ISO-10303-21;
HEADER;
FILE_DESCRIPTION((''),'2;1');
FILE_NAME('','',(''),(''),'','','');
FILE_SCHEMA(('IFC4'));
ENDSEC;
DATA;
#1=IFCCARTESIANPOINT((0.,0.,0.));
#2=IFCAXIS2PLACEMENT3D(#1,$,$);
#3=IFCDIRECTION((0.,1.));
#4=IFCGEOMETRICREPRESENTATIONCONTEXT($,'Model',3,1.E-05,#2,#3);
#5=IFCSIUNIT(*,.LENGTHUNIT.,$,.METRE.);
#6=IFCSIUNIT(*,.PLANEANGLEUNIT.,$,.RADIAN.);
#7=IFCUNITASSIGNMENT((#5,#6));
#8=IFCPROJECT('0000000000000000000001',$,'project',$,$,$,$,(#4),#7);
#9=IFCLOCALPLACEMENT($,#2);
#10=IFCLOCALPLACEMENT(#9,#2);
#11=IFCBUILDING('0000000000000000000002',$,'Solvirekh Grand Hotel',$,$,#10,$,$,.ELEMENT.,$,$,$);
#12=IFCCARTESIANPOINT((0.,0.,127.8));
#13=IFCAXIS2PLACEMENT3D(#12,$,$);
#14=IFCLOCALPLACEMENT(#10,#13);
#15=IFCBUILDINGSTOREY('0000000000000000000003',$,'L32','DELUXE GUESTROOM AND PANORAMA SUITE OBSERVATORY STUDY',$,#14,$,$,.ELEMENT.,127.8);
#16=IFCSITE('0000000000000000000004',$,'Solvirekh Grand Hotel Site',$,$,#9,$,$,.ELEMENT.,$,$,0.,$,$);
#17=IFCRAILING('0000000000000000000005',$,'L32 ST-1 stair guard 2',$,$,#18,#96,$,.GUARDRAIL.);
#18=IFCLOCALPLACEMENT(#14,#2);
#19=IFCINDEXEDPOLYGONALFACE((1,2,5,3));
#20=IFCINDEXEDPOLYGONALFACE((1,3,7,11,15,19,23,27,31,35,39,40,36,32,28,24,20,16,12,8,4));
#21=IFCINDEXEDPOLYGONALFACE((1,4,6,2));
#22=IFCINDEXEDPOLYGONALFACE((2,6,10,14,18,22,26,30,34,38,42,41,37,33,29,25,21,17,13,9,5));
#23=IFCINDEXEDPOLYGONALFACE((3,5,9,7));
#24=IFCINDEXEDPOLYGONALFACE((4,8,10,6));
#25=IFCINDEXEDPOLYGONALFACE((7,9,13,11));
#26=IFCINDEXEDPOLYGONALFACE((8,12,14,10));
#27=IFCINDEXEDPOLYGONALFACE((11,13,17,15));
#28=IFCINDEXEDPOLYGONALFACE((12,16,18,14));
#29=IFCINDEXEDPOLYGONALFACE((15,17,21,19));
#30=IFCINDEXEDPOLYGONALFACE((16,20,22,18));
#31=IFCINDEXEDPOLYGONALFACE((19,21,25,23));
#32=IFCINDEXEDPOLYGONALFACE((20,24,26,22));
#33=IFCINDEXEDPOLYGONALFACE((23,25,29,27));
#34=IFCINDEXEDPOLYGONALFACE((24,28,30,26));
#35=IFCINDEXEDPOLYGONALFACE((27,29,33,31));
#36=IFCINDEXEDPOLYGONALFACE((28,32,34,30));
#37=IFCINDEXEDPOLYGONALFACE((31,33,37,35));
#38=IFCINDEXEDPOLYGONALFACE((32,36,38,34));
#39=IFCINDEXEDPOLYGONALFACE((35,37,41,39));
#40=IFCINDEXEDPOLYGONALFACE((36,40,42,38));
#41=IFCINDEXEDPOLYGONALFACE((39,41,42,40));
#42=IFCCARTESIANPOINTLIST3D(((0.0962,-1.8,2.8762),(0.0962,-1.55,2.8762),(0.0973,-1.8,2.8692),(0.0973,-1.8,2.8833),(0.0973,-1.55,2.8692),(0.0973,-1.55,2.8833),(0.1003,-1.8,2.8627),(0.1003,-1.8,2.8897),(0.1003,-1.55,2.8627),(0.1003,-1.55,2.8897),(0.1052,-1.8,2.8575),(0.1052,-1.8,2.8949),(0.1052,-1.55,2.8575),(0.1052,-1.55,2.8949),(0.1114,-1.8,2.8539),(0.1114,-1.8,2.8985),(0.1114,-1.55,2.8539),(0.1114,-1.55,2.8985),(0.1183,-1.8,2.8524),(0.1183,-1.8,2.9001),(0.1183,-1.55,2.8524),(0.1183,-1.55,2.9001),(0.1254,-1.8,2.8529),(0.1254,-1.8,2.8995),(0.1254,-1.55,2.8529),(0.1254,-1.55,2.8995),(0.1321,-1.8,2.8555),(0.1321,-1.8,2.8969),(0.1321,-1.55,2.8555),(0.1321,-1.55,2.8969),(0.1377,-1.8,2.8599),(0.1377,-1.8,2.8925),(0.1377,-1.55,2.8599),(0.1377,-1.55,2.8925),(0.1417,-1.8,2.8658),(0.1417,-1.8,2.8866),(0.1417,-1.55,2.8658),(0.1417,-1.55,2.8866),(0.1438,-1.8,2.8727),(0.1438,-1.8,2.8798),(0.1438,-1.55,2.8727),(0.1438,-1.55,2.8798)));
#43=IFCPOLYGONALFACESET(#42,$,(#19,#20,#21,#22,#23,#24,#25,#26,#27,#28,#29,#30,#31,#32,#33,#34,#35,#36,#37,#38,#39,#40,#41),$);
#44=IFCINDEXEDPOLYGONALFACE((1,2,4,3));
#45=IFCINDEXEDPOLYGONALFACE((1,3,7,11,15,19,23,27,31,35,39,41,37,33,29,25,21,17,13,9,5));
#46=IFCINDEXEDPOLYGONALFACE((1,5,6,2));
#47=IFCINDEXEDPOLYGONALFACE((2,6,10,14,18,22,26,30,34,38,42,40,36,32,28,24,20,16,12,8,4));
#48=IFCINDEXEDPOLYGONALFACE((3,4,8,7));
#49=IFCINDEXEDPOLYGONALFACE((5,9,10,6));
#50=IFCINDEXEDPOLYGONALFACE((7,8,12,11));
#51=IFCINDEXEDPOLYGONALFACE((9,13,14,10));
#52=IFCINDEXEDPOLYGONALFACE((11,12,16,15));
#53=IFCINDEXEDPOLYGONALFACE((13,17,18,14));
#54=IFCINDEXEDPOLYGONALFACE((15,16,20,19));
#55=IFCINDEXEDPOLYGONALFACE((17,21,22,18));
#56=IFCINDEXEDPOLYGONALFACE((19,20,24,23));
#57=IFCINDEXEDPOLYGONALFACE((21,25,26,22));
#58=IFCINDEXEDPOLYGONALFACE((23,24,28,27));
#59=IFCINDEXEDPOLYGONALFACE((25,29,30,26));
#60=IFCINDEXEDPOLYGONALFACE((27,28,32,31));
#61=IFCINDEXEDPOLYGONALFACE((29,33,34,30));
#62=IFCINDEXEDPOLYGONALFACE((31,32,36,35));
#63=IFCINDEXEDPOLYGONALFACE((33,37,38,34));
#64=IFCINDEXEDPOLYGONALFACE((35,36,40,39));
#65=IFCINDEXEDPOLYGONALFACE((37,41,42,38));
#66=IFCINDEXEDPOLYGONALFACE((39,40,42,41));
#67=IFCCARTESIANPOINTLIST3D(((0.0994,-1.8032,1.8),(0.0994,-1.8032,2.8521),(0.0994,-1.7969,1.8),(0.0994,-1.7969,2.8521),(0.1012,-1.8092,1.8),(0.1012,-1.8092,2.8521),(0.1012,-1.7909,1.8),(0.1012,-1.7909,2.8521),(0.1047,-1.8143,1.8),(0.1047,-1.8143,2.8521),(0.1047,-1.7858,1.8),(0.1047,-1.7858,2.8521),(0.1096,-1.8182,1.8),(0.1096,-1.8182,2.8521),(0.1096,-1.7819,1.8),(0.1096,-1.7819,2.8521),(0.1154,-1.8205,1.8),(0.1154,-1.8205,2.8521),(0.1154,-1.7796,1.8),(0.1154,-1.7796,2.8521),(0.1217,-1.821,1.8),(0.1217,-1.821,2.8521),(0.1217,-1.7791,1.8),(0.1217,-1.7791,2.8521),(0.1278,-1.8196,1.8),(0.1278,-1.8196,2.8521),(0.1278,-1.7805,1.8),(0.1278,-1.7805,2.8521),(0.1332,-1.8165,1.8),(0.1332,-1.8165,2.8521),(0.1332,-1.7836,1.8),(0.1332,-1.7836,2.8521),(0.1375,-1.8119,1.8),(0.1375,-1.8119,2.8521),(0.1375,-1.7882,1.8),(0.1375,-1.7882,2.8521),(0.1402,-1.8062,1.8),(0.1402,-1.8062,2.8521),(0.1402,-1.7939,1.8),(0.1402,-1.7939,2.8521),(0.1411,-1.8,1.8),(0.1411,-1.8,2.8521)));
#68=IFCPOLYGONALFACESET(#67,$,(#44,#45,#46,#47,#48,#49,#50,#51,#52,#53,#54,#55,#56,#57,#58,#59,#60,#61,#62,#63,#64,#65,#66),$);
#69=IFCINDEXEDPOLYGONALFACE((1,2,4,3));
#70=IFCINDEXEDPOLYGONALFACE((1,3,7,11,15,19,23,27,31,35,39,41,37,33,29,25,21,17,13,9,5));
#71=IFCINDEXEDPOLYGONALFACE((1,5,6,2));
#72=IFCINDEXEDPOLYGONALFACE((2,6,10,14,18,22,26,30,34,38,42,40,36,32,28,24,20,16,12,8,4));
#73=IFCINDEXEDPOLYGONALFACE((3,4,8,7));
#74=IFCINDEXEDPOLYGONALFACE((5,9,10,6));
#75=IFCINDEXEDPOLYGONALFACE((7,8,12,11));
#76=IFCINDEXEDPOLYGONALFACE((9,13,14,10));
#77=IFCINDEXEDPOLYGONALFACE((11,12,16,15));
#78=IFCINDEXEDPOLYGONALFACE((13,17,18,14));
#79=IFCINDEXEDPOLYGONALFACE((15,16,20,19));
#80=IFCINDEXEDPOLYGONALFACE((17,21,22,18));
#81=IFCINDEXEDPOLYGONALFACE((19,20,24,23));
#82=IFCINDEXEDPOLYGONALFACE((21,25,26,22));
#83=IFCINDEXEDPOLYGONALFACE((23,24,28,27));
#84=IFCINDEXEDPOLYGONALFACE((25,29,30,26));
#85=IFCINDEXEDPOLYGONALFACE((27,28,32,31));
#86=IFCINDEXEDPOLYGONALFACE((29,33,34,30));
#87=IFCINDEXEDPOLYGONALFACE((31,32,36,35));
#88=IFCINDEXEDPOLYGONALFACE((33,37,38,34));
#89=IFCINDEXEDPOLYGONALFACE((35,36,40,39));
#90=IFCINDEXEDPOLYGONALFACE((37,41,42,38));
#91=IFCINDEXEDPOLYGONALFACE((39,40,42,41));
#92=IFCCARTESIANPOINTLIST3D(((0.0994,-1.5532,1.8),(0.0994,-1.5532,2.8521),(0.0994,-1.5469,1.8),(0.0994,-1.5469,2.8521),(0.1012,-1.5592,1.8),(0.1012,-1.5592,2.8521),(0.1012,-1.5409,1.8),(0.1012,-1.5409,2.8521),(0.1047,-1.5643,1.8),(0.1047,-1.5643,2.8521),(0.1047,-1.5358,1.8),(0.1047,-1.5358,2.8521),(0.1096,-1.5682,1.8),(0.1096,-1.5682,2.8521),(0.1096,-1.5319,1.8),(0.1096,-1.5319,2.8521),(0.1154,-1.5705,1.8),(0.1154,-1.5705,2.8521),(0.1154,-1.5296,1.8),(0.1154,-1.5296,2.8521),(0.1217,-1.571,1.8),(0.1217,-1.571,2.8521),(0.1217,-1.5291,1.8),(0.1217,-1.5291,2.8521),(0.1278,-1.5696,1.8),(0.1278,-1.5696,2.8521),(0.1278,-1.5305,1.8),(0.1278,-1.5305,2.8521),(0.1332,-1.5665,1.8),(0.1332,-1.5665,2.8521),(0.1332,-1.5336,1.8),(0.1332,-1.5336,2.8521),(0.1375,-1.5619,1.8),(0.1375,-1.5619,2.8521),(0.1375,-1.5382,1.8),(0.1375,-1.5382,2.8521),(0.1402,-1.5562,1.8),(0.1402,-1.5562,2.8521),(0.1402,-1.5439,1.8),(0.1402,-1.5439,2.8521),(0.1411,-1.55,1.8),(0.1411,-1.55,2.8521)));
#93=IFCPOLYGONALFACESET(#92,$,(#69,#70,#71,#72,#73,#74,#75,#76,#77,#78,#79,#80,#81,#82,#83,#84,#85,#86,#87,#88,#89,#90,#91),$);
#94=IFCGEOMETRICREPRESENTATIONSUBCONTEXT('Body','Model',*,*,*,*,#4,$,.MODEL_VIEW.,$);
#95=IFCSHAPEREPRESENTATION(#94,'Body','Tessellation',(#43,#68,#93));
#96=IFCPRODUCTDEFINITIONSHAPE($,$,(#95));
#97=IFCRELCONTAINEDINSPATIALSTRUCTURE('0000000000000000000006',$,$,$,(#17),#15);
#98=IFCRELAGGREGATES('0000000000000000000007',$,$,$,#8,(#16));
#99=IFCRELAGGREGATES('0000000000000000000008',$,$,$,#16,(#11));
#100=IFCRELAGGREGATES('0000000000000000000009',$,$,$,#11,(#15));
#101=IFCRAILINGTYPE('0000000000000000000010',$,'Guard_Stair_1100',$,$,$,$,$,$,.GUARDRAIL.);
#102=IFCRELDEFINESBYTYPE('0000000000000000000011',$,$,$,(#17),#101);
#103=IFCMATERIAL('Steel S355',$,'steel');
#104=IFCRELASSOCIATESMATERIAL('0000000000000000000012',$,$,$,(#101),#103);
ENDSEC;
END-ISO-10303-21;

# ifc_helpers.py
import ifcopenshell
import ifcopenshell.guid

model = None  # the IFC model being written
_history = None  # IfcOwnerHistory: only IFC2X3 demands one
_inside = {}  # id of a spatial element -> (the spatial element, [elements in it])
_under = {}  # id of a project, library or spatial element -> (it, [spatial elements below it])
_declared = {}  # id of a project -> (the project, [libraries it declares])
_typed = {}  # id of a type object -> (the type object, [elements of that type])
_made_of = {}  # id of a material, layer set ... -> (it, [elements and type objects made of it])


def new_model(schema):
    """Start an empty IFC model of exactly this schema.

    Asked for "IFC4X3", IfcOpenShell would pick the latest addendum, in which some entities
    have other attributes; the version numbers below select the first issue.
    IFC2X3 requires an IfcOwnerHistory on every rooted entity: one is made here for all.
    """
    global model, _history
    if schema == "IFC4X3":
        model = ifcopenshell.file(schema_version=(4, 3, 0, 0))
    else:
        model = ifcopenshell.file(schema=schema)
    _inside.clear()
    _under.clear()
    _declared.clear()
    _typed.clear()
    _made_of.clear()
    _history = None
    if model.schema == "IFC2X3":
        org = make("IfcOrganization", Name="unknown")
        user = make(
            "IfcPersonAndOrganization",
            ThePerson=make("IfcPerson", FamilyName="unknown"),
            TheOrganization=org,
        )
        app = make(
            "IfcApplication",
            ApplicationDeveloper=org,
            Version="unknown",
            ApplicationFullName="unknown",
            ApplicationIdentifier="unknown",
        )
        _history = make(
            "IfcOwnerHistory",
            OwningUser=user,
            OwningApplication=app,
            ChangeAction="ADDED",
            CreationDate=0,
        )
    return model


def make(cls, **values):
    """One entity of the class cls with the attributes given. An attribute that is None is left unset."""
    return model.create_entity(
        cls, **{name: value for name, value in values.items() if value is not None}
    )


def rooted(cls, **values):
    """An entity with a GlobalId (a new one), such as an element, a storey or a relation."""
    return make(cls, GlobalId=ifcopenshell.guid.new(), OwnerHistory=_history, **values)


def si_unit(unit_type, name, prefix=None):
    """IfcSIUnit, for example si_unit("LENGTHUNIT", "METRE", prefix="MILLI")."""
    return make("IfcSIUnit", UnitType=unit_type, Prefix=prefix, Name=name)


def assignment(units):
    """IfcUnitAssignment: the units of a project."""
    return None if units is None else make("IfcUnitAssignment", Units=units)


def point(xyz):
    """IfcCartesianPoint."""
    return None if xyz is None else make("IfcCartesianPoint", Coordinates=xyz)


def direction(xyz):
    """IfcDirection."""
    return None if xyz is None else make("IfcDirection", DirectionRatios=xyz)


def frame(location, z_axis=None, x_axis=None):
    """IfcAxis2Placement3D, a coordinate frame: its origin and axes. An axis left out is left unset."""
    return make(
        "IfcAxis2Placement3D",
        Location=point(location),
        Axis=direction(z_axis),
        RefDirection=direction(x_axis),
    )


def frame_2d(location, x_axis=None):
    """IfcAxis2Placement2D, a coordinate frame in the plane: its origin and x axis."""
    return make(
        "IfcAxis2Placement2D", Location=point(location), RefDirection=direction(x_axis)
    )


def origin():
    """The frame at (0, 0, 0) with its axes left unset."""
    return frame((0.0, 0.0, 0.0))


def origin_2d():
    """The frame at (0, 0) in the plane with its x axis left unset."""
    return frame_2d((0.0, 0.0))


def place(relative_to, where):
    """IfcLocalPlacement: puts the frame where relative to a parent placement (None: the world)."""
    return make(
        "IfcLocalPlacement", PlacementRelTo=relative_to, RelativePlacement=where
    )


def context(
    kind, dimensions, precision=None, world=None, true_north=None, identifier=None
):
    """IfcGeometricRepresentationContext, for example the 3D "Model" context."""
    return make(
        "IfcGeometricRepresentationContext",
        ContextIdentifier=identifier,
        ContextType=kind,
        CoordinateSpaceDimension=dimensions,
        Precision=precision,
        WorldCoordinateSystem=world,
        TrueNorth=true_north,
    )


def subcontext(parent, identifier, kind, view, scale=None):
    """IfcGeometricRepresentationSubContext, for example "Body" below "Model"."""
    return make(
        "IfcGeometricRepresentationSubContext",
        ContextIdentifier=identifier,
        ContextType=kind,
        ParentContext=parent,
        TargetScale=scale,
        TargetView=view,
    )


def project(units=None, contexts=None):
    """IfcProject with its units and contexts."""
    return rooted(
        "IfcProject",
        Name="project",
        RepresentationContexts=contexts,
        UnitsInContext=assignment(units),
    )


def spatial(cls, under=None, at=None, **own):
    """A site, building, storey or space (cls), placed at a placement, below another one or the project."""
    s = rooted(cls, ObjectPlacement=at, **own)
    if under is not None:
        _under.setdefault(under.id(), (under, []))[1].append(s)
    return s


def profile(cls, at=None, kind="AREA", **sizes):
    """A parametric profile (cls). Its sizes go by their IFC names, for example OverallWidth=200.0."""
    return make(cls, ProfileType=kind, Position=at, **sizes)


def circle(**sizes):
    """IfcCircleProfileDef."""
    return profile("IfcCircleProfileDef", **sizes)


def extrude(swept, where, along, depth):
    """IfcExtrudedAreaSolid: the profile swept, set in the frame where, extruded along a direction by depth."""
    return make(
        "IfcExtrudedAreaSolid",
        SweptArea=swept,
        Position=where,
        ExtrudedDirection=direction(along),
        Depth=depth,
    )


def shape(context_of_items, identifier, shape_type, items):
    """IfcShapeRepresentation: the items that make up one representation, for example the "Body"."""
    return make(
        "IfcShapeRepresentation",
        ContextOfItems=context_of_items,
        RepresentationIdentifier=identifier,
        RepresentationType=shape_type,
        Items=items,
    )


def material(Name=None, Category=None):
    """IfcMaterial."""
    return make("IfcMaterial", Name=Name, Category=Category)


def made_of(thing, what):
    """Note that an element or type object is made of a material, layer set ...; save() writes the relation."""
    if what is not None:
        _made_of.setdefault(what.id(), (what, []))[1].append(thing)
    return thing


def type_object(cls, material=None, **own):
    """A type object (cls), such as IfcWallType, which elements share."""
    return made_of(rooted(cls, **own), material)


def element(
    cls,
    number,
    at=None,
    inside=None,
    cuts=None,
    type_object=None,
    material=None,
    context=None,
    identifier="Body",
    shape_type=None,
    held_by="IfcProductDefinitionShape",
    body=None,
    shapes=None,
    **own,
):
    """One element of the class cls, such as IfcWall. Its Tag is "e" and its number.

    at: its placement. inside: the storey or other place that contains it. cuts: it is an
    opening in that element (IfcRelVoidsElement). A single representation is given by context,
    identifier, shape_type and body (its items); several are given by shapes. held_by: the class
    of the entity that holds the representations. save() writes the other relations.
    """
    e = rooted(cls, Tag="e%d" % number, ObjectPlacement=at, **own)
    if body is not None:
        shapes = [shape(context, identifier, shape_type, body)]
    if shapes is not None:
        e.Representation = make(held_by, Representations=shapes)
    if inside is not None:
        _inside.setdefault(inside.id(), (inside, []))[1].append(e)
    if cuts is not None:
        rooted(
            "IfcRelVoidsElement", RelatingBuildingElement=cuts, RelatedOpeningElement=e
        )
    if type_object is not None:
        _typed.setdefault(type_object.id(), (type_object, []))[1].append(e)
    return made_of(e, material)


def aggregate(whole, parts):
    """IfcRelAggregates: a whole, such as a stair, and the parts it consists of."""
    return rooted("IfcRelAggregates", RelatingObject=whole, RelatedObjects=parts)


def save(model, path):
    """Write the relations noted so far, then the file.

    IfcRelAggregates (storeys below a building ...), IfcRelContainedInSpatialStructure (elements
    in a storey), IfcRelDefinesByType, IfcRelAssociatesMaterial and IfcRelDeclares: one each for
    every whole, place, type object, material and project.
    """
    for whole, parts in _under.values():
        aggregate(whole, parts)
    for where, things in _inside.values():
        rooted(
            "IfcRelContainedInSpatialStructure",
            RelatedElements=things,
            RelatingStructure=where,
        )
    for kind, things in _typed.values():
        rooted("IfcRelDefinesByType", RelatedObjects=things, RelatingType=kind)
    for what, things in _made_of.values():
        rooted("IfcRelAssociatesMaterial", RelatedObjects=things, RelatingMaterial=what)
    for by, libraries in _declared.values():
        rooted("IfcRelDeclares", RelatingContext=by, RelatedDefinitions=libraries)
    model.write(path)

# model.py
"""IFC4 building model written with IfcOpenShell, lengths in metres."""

from ifc_helpers import new_model, si_unit, direction, frame, origin, origin_2d, place, context, subcontext, project, spatial, circle, extrude, material, type_object, element, save


model = new_model("IFC4")

# Units and contexts
model_context = context("Model", 3, precision=1e-05, world=origin(), true_north=direction((0.0, 1.0)))
body_context = subcontext(model_context, "Body", "Model", "MODEL_VIEW")
ifc_project = project(units=[si_unit("LENGTHUNIT", "METRE"), si_unit("PLANEANGLEUNIT", "RADIAN")], contexts=[model_context])

# Site, building, storey
site_placement = place(None, origin())
site = spatial("IfcSite", under=ifc_project, at=site_placement, Name="Solvirekh Grand Hotel Site", CompositionType="ELEMENT", RefElevation=0.0)
building_placement = place(site_placement, origin())
building = spatial("IfcBuilding", under=site, at=building_placement, Name="Solvirekh Grand Hotel", CompositionType="ELEMENT")
storey_placement = place(building_placement, frame((0.0, 0.0, 127.8)))
storey = spatial("IfcBuildingStorey", under=building, at=storey_placement, Name="L32", Description="DELUXE GUESTROOM AND PANORAMA SUITE OBSERVATORY STUDY", CompositionType="ELEMENT", Elevation=127.8)

# Shared definitions
ifc_material_1 = material(Name="Steel S355", Category="steel")

# Railing
railing_type_1 = type_object("IfcRailingType", Name="Guard_Stair_1100", PredefinedType="GUARDRAIL", material=ifc_material_1)
railing_1_placement = place(storey_placement, frame((0.1201, -1.8, 1.8)))
element("IfcRailing", 1, at=railing_1_placement, inside=storey, type_object=railing_type_1, Name="L32 ST-1 stair guard 2", PredefinedType="GUARDRAIL", context=body_context, shape_type="SweptSolid", body=[
    extrude(circle(Radius=0.0239, at=origin_2d()), frame((0.0, 0.0, 1.0762), z_axis=(0.0, 1.0, 0.0), x_axis=(-1.0, 0.0, 0.0)), (0.0, 0.0, 1.0), 0.25),
    extrude(circle(Radius=0.021, at=origin_2d()), origin(), (0.0, 0.0, 1.0), 1.052),
    extrude(circle(Radius=0.021, at=origin_2d()), frame((0.0, 0.25, 0.0)), (0.0, 0.0, 1.0), 1.052),
])

save(model, "model.ifc")
